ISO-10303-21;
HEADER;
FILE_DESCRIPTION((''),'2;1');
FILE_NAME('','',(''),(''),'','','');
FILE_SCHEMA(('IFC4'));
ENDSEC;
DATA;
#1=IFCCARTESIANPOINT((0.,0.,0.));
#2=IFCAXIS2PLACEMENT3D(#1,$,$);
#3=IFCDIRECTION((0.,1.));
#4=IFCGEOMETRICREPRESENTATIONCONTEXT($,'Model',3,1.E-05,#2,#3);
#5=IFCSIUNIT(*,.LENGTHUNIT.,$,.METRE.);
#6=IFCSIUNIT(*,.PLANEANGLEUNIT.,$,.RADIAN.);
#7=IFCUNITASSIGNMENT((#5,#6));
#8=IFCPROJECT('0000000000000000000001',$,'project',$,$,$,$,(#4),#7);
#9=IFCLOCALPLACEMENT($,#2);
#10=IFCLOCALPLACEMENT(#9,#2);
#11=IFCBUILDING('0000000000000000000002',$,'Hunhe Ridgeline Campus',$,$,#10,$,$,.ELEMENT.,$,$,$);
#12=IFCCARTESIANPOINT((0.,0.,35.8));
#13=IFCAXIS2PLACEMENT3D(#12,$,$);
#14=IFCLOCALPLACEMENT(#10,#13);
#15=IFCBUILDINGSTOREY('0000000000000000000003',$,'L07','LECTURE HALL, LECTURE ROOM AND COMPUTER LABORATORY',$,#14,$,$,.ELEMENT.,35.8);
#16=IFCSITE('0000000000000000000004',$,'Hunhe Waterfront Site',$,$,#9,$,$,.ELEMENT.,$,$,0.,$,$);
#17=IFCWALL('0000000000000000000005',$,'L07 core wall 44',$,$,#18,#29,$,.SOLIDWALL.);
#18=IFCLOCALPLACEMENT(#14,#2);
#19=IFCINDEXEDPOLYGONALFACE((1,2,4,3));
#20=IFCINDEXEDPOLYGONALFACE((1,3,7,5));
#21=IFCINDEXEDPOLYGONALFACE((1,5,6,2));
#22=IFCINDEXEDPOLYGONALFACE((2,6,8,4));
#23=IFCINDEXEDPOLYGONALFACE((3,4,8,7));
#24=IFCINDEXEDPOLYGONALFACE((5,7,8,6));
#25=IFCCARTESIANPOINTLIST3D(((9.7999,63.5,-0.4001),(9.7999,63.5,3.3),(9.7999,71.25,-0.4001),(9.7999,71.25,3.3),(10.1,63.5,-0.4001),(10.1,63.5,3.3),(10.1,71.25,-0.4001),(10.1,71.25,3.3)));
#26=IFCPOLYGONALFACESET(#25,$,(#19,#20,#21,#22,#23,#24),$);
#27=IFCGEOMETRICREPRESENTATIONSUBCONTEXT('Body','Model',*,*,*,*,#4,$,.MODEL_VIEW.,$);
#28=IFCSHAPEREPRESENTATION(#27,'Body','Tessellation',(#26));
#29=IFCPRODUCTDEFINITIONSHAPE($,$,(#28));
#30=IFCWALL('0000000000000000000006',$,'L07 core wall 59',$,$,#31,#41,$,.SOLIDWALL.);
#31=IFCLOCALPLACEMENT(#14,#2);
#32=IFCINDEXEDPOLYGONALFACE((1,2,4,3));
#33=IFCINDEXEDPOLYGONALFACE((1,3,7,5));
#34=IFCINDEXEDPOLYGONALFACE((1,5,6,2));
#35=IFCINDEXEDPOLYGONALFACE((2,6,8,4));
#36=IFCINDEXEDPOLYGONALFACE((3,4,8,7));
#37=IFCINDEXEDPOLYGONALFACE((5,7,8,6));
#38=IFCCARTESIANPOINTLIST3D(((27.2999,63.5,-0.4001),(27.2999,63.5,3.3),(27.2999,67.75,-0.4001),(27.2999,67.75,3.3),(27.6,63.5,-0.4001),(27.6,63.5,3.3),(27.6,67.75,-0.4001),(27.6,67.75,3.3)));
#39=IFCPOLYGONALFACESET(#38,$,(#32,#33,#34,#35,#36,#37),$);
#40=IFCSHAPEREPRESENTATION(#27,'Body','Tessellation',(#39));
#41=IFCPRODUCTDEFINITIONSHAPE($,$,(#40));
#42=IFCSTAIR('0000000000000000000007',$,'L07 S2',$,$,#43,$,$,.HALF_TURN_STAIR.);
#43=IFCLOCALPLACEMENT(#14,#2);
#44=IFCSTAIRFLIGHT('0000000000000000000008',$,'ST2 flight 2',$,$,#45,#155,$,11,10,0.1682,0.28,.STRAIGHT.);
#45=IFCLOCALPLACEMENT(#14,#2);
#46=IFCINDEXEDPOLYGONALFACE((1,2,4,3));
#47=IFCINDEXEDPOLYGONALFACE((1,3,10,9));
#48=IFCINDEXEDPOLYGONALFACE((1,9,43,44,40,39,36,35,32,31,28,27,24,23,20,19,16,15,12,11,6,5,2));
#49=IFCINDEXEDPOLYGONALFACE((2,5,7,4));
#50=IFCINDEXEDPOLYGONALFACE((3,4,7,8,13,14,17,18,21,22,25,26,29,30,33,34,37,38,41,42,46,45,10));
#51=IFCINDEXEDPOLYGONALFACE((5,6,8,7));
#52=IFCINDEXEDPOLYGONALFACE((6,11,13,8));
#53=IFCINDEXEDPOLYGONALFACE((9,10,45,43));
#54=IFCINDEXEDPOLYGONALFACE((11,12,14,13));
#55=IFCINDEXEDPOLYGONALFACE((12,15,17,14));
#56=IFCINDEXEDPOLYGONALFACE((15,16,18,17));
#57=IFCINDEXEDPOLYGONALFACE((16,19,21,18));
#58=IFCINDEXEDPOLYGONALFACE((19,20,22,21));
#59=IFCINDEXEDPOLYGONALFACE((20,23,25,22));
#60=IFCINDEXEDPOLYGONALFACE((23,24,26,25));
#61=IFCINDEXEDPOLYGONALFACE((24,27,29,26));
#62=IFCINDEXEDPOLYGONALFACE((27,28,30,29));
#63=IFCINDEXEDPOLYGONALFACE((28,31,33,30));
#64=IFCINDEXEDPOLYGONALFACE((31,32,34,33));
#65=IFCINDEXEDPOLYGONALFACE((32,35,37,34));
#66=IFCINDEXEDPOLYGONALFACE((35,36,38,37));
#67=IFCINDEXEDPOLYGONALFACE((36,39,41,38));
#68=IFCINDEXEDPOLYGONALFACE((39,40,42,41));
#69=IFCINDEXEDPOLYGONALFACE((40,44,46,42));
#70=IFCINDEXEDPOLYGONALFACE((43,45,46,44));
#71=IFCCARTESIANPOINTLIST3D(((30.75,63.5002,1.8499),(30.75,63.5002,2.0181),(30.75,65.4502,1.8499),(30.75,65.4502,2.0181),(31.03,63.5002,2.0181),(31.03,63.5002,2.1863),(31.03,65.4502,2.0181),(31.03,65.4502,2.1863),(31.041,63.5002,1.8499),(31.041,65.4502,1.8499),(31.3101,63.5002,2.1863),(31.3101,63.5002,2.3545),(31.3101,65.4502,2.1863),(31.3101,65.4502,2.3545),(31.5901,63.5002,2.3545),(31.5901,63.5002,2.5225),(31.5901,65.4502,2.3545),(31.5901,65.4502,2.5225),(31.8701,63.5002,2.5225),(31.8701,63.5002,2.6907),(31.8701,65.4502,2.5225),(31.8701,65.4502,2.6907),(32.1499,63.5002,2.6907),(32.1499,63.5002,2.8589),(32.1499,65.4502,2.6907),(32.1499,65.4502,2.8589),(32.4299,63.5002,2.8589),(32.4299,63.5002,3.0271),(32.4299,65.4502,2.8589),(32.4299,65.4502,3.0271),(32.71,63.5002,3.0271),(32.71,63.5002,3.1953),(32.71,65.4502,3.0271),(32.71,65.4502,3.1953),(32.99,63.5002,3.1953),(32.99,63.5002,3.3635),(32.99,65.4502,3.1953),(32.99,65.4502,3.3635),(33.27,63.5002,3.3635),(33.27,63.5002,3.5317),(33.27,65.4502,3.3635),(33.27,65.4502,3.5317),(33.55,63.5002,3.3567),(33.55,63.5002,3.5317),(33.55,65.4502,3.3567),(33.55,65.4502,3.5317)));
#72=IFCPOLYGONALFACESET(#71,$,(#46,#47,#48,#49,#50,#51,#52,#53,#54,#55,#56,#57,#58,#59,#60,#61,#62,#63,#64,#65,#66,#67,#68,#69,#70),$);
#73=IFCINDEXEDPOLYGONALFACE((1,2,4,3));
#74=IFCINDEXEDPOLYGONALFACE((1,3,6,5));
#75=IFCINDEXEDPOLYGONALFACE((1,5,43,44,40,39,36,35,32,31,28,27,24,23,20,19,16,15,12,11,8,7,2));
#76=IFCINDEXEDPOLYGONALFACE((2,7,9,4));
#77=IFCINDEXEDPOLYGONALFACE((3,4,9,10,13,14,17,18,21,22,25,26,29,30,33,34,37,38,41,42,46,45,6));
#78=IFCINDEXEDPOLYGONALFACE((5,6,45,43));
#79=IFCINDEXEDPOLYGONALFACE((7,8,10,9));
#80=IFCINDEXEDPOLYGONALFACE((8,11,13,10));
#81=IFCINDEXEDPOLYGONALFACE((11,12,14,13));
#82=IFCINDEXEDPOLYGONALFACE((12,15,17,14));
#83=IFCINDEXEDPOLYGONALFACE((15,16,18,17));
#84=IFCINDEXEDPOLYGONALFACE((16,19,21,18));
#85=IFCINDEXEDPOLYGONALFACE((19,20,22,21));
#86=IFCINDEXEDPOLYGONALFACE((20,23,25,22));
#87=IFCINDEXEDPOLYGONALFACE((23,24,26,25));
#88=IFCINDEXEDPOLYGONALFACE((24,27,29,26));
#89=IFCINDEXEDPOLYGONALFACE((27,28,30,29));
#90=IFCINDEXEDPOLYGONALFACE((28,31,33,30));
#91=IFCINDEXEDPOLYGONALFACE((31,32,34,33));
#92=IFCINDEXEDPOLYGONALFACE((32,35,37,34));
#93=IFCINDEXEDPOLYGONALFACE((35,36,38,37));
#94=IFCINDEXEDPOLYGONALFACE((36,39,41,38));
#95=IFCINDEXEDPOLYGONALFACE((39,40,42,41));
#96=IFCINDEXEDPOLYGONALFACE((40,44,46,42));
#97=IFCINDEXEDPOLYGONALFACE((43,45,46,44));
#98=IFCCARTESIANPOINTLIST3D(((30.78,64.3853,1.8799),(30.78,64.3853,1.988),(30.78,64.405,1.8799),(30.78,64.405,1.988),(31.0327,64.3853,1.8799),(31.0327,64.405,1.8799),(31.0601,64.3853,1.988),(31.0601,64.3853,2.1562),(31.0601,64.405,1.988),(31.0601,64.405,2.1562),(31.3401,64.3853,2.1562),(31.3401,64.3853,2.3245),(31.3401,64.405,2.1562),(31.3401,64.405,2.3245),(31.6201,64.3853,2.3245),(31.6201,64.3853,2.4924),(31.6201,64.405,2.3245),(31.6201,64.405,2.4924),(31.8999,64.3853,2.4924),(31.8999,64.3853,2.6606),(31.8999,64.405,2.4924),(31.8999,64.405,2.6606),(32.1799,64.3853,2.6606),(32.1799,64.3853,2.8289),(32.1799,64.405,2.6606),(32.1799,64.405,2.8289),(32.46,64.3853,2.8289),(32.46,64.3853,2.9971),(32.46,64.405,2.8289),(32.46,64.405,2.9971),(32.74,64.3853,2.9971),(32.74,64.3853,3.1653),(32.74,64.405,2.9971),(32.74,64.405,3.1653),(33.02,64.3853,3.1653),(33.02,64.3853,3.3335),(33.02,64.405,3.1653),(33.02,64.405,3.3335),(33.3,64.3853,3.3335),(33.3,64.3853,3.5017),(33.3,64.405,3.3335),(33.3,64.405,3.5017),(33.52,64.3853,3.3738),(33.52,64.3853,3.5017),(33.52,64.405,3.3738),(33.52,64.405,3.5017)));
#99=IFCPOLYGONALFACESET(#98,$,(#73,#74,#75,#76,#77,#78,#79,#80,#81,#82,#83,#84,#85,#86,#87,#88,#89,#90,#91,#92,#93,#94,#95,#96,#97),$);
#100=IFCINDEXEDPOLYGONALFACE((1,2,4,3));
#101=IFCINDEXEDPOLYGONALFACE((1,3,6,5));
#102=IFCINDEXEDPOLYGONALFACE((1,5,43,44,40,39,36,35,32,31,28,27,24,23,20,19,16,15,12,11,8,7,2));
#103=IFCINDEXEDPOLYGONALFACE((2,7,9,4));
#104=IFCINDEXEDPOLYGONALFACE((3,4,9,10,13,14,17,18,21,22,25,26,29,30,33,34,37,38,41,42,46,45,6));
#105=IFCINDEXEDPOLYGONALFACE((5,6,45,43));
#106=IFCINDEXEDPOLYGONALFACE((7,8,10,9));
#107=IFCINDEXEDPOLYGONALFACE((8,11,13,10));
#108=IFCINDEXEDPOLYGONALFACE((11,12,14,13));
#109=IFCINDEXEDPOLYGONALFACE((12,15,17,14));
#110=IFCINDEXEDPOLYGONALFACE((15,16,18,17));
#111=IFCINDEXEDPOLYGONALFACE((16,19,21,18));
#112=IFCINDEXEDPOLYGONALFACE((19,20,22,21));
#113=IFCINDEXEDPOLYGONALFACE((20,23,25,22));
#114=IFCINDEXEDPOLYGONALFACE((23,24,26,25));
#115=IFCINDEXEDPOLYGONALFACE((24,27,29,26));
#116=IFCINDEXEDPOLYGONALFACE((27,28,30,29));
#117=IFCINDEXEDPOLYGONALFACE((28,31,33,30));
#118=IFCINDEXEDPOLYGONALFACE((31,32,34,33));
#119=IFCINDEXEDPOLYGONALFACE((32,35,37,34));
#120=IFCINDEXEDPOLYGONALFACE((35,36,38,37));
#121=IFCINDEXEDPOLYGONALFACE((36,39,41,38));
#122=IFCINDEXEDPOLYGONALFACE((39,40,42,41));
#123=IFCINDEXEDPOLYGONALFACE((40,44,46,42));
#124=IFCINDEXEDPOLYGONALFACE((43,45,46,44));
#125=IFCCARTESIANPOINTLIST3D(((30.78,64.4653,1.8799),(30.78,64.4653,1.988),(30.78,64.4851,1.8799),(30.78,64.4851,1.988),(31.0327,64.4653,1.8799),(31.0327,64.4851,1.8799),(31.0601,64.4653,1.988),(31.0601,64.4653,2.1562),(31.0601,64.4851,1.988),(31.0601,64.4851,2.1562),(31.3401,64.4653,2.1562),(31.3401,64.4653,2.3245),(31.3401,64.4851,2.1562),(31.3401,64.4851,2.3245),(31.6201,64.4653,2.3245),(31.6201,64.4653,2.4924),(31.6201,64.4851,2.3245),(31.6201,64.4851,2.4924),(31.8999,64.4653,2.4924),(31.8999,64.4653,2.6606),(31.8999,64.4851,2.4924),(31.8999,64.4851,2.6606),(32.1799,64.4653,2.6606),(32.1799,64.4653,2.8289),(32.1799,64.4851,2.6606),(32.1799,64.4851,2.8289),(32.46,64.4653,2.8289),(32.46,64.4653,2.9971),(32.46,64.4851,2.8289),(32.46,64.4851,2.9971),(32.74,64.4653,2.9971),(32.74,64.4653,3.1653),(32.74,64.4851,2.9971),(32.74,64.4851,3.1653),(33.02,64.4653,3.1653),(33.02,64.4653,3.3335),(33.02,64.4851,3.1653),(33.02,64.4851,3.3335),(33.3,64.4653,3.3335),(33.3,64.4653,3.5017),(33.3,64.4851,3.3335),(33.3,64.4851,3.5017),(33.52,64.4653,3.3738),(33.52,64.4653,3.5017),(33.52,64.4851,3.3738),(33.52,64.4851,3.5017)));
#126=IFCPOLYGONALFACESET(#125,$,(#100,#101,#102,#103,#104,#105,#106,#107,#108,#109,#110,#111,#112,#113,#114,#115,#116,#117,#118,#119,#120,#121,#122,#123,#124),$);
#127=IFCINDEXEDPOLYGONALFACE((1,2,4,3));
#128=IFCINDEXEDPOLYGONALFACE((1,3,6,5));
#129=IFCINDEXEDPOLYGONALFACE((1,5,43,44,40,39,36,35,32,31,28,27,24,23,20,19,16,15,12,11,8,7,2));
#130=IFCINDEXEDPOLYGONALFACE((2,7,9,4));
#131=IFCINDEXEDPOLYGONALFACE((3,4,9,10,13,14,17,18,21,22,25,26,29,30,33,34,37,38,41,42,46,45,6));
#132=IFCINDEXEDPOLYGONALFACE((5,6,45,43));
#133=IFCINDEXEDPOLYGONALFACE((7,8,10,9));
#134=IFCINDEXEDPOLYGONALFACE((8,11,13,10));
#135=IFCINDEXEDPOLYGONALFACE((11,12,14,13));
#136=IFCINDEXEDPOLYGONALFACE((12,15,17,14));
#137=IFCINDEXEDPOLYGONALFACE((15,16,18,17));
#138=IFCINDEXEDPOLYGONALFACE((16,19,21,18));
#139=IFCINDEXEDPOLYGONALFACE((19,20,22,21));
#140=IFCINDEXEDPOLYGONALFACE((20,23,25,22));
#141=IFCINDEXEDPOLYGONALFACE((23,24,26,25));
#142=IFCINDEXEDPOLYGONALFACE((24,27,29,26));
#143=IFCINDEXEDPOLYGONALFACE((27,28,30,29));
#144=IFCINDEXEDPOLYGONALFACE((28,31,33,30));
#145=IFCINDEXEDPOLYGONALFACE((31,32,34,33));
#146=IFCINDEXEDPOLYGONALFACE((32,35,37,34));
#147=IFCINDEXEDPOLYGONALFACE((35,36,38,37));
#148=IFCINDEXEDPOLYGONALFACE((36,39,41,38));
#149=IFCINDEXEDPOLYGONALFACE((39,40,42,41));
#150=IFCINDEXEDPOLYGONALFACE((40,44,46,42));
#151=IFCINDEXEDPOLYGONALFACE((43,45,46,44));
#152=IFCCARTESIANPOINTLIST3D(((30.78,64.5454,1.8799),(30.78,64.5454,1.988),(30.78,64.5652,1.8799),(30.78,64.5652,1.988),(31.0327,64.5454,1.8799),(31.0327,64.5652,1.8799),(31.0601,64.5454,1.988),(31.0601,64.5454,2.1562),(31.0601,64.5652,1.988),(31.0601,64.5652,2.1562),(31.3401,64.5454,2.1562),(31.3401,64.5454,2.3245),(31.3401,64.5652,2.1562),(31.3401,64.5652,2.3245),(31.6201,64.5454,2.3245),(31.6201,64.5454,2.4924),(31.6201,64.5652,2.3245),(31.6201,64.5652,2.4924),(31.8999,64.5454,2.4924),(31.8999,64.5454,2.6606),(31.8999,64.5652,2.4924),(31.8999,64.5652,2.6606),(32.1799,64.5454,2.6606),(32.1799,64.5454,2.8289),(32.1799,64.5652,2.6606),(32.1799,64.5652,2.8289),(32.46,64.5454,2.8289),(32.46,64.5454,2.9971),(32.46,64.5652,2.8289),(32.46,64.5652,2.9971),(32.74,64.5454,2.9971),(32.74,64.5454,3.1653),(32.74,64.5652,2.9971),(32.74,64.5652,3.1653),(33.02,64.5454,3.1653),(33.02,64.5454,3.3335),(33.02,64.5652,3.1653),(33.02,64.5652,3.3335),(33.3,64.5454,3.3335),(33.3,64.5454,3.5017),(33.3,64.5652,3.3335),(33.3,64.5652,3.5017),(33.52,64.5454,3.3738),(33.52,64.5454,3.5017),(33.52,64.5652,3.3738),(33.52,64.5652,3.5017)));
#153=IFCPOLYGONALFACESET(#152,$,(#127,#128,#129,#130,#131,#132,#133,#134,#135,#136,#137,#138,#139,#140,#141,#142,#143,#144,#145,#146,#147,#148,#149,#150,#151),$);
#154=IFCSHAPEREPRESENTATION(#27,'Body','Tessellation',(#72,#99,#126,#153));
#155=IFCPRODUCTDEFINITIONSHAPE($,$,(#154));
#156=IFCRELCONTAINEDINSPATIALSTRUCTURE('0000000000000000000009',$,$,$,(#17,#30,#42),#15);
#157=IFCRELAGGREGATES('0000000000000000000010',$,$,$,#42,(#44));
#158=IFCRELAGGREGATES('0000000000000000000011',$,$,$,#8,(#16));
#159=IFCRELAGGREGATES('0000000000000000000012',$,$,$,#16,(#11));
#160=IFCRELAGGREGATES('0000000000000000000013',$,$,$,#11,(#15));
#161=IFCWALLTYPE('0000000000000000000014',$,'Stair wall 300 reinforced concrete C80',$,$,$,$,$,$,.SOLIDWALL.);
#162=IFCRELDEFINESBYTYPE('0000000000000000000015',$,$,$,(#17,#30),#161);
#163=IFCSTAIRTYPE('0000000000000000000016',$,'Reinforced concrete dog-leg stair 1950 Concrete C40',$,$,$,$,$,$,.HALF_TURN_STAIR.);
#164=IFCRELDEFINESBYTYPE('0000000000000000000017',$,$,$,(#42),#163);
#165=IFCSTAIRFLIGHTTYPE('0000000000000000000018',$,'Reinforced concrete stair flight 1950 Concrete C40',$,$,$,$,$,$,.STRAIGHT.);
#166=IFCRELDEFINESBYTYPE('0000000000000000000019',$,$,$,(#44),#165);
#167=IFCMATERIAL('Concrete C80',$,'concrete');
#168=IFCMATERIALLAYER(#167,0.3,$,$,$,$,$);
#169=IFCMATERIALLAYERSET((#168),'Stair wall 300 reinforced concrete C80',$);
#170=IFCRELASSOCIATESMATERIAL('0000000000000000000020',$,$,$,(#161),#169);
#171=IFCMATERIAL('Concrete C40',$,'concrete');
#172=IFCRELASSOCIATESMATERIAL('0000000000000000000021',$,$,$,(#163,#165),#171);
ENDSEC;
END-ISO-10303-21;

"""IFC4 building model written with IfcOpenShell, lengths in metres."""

from ifc_helpers import new_model, si_unit, direction, frame, frame_2d, origin, place, context, subcontext, project, spatial, polyline, rectangle, outline, extrude, material, layer, layer_set, type_object, element, aggregate, save


model = new_model("IFC4")

# Units and contexts
model_context = context("Model", 3, precision=1e-05, world=origin(), true_north=direction((0.0, 1.0)))
body_context = subcontext(model_context, "Body", "Model", "MODEL_VIEW")
ifc_project = project(units=[si_unit("LENGTHUNIT", "METRE"), si_unit("PLANEANGLEUNIT", "RADIAN")], contexts=[model_context])

# Site, building, storey
site_placement = place(None, origin())
site = spatial("IfcSite", under=ifc_project, at=site_placement, Name="Hunhe Waterfront Site", CompositionType="ELEMENT", RefElevation=0.0)
building_placement = place(site_placement, origin())
building = spatial("IfcBuilding", under=site, at=building_placement, Name="Hunhe Ridgeline Campus", CompositionType="ELEMENT")
storey_placement = place(building_placement, frame((0.0, 0.0, 35.8)))
storey = spatial("IfcBuildingStorey", under=building, at=storey_placement, Name="L07", Description="LECTURE HALL, LECTURE ROOM AND COMPUTER LABORATORY", CompositionType="ELEMENT", Elevation=35.8)

# Shared definitions
ifc_material_1 = material(Name="Concrete C80", Category="concrete")

# Walls
ifc_layer_1 = layer(ifc_material_1, 0.3)
ifc_layer_set_1 = layer_set([ifc_layer_1], Name="Stair wall 300 reinforced concrete C80")
wall_type_1 = type_object("IfcWallType", Name="Stair wall 300 reinforced concrete C80", PredefinedType="SOLIDWALL", material=ifc_layer_set_1)
wall_1_placement = place(storey_placement, frame((9.95, 63.5, -0.4001), z_axis=(0.0, 0.0, 1.0), x_axis=(0.0, 1.0, 0.0)))
element("IfcWall", 1, at=wall_1_placement, inside=storey, type_object=wall_type_1, Name="L07 core wall 44", PredefinedType="SOLIDWALL", context=body_context, shape_type="SweptSolid", body=[
    extrude(rectangle(XDim=7.75, YDim=0.3, at=frame_2d((3.875, 0.0))), origin(), (0.0, 0.0, 1.0), 3.7002),
])
wall_2_placement = place(storey_placement, frame((27.45, 63.5, -0.4001), z_axis=(0.0, 0.0, 1.0), x_axis=(0.0, 1.0, 0.0)))
element("IfcWall", 2, at=wall_2_placement, inside=storey, type_object=wall_type_1, Name="L07 core wall 59", PredefinedType="SOLIDWALL", context=body_context, shape_type="SweptSolid", body=[
    extrude(rectangle(XDim=4.25, YDim=0.3, at=frame_2d((2.125, 0.0))), origin(), (0.0, 0.0, 1.0), 3.7002),
])

# Stair, stair flight
ifc_material_2 = material(Name="Concrete C40", Category="concrete")
stair_type = type_object("IfcStairType", Name="Reinforced concrete dog-leg stair 1950 Concrete C40", PredefinedType="HALF_TURN_STAIR", material=ifc_material_2)
stair_placement = place(storey_placement, origin())
stair = element("IfcStair", 3, at=stair_placement, inside=storey, type_object=stair_type, Name="L07 S2", PredefinedType="HALF_TURN_STAIR")
stair_flight_type = type_object("IfcStairFlightType", Name="Reinforced concrete stair flight 1950 Concrete C40", PredefinedType="STRAIGHT", material=ifc_material_2)
stair_flight_placement = place(storey_placement, frame((30.75, 64.4751, 1.8499), z_axis=(0.0, 0.0, 1.0), x_axis=(1.0, 0.0, 0.0)))
stair_flight = element("IfcStairFlight", 4, at=stair_flight_placement, type_object=stair_flight_type, Name="ST2 flight 2", NumberOfRisers=11, NumberOfTreads=10, PredefinedType="STRAIGHT", RiserHeight=0.1682, TreadLength=0.28, context=body_context, shape_type="SweptSolid", body=[
    extrude(outline(polyline([(0.0, 0.0), (0.0, 0.1682), (0.28, 0.1682), (0.28, 0.3364), (0.5601, 0.3364), (0.5601, 0.5046), (0.8401, 0.5046), (0.8401, 0.6726), (1.1201, 0.6726), (1.1201, 0.8408), (1.3999, 0.8408), (1.3999, 1.009), (1.6799, 1.009), (1.6799, 1.1772), (1.96, 1.1772), (1.96, 1.3455), (2.24, 1.3455), (2.24, 1.5137), (2.52, 1.5137), (2.52, 1.6819), (2.8, 1.6819), (2.8, 1.8501), (2.8, 1.5068), (0.291, 0.0), (0.0, 0.0)])), frame((0.0, 0.9751, 0.0), z_axis=(0.0, -1.0, 0.0), x_axis=(1.0, 0.0, 0.0)), (0.0, 0.0, 1.0), 1.95),
    extrude(outline(polyline([(0.03, 0.03), (0.03, 0.1382), (0.3101, 0.1382), (0.3101, 0.3064), (0.5901, 0.3064), (0.5901, 0.4746), (0.8701, 0.4746), (0.8701, 0.6426), (1.1499, 0.6426), (1.1499, 0.8108), (1.4299, 0.8108), (1.4299, 0.979), (1.71, 0.979), (1.71, 1.1472), (1.99, 1.1472), (1.99, 1.3154), (2.27, 1.3154), (2.27, 1.4836), (2.55, 1.4836), (2.55, 1.6519), (2.77, 1.6519), (2.77, 1.5239), (0.2827, 0.03), (0.03, 0.03)])), frame((0.0, -0.0701, 0.0), z_axis=(0.0, -1.0, 0.0), x_axis=(1.0, 0.0, 0.0)), (0.0, 0.0, 1.0), 0.0198),
    extrude(outline(polyline([(0.03, 0.03), (0.03, 0.1382), (0.3101, 0.1382), (0.3101, 0.3064), (0.5901, 0.3064), (0.5901, 0.4746), (0.8701, 0.4746), (0.8701, 0.6426), (1.1499, 0.6426), (1.1499, 0.8108), (1.4299, 0.8108), (1.4299, 0.979), (1.71, 0.979), (1.71, 1.1472), (1.99, 1.1472), (1.99, 1.3154), (2.27, 1.3154), (2.27, 1.4836), (2.55, 1.4836), (2.55, 1.6519), (2.77, 1.6519), (2.77, 1.5239), (0.2827, 0.03), (0.03, 0.03)])), frame((0.0, 0.01, 0.0), z_axis=(0.0, -1.0, 0.0), x_axis=(1.0, 0.0, 0.0)), (0.0, 0.0, 1.0), 0.0198),
    extrude(outline(polyline([(0.03, 0.03), (0.03, 0.1382), (0.3101, 0.1382), (0.3101, 0.3064), (0.5901, 0.3064), (0.5901, 0.4746), (0.8701, 0.4746), (0.8701, 0.6426), (1.1499, 0.6426), (1.1499, 0.8108), (1.4299, 0.8108), (1.4299, 0.979), (1.71, 0.979), (1.71, 1.1472), (1.99, 1.1472), (1.99, 1.3154), (2.27, 1.3154), (2.27, 1.4836), (2.55, 1.4836), (2.55, 1.6519), (2.77, 1.6519), (2.77, 1.5239), (0.2827, 0.03), (0.03, 0.03)])), frame((0.0, 0.0901, 0.0), z_axis=(0.0, -1.0, 0.0), x_axis=(1.0, 0.0, 0.0)), (0.0, 0.0, 1.0), 0.0198),
])
aggregate(stair, [stair_flight])

save(model, "model.ifc")
